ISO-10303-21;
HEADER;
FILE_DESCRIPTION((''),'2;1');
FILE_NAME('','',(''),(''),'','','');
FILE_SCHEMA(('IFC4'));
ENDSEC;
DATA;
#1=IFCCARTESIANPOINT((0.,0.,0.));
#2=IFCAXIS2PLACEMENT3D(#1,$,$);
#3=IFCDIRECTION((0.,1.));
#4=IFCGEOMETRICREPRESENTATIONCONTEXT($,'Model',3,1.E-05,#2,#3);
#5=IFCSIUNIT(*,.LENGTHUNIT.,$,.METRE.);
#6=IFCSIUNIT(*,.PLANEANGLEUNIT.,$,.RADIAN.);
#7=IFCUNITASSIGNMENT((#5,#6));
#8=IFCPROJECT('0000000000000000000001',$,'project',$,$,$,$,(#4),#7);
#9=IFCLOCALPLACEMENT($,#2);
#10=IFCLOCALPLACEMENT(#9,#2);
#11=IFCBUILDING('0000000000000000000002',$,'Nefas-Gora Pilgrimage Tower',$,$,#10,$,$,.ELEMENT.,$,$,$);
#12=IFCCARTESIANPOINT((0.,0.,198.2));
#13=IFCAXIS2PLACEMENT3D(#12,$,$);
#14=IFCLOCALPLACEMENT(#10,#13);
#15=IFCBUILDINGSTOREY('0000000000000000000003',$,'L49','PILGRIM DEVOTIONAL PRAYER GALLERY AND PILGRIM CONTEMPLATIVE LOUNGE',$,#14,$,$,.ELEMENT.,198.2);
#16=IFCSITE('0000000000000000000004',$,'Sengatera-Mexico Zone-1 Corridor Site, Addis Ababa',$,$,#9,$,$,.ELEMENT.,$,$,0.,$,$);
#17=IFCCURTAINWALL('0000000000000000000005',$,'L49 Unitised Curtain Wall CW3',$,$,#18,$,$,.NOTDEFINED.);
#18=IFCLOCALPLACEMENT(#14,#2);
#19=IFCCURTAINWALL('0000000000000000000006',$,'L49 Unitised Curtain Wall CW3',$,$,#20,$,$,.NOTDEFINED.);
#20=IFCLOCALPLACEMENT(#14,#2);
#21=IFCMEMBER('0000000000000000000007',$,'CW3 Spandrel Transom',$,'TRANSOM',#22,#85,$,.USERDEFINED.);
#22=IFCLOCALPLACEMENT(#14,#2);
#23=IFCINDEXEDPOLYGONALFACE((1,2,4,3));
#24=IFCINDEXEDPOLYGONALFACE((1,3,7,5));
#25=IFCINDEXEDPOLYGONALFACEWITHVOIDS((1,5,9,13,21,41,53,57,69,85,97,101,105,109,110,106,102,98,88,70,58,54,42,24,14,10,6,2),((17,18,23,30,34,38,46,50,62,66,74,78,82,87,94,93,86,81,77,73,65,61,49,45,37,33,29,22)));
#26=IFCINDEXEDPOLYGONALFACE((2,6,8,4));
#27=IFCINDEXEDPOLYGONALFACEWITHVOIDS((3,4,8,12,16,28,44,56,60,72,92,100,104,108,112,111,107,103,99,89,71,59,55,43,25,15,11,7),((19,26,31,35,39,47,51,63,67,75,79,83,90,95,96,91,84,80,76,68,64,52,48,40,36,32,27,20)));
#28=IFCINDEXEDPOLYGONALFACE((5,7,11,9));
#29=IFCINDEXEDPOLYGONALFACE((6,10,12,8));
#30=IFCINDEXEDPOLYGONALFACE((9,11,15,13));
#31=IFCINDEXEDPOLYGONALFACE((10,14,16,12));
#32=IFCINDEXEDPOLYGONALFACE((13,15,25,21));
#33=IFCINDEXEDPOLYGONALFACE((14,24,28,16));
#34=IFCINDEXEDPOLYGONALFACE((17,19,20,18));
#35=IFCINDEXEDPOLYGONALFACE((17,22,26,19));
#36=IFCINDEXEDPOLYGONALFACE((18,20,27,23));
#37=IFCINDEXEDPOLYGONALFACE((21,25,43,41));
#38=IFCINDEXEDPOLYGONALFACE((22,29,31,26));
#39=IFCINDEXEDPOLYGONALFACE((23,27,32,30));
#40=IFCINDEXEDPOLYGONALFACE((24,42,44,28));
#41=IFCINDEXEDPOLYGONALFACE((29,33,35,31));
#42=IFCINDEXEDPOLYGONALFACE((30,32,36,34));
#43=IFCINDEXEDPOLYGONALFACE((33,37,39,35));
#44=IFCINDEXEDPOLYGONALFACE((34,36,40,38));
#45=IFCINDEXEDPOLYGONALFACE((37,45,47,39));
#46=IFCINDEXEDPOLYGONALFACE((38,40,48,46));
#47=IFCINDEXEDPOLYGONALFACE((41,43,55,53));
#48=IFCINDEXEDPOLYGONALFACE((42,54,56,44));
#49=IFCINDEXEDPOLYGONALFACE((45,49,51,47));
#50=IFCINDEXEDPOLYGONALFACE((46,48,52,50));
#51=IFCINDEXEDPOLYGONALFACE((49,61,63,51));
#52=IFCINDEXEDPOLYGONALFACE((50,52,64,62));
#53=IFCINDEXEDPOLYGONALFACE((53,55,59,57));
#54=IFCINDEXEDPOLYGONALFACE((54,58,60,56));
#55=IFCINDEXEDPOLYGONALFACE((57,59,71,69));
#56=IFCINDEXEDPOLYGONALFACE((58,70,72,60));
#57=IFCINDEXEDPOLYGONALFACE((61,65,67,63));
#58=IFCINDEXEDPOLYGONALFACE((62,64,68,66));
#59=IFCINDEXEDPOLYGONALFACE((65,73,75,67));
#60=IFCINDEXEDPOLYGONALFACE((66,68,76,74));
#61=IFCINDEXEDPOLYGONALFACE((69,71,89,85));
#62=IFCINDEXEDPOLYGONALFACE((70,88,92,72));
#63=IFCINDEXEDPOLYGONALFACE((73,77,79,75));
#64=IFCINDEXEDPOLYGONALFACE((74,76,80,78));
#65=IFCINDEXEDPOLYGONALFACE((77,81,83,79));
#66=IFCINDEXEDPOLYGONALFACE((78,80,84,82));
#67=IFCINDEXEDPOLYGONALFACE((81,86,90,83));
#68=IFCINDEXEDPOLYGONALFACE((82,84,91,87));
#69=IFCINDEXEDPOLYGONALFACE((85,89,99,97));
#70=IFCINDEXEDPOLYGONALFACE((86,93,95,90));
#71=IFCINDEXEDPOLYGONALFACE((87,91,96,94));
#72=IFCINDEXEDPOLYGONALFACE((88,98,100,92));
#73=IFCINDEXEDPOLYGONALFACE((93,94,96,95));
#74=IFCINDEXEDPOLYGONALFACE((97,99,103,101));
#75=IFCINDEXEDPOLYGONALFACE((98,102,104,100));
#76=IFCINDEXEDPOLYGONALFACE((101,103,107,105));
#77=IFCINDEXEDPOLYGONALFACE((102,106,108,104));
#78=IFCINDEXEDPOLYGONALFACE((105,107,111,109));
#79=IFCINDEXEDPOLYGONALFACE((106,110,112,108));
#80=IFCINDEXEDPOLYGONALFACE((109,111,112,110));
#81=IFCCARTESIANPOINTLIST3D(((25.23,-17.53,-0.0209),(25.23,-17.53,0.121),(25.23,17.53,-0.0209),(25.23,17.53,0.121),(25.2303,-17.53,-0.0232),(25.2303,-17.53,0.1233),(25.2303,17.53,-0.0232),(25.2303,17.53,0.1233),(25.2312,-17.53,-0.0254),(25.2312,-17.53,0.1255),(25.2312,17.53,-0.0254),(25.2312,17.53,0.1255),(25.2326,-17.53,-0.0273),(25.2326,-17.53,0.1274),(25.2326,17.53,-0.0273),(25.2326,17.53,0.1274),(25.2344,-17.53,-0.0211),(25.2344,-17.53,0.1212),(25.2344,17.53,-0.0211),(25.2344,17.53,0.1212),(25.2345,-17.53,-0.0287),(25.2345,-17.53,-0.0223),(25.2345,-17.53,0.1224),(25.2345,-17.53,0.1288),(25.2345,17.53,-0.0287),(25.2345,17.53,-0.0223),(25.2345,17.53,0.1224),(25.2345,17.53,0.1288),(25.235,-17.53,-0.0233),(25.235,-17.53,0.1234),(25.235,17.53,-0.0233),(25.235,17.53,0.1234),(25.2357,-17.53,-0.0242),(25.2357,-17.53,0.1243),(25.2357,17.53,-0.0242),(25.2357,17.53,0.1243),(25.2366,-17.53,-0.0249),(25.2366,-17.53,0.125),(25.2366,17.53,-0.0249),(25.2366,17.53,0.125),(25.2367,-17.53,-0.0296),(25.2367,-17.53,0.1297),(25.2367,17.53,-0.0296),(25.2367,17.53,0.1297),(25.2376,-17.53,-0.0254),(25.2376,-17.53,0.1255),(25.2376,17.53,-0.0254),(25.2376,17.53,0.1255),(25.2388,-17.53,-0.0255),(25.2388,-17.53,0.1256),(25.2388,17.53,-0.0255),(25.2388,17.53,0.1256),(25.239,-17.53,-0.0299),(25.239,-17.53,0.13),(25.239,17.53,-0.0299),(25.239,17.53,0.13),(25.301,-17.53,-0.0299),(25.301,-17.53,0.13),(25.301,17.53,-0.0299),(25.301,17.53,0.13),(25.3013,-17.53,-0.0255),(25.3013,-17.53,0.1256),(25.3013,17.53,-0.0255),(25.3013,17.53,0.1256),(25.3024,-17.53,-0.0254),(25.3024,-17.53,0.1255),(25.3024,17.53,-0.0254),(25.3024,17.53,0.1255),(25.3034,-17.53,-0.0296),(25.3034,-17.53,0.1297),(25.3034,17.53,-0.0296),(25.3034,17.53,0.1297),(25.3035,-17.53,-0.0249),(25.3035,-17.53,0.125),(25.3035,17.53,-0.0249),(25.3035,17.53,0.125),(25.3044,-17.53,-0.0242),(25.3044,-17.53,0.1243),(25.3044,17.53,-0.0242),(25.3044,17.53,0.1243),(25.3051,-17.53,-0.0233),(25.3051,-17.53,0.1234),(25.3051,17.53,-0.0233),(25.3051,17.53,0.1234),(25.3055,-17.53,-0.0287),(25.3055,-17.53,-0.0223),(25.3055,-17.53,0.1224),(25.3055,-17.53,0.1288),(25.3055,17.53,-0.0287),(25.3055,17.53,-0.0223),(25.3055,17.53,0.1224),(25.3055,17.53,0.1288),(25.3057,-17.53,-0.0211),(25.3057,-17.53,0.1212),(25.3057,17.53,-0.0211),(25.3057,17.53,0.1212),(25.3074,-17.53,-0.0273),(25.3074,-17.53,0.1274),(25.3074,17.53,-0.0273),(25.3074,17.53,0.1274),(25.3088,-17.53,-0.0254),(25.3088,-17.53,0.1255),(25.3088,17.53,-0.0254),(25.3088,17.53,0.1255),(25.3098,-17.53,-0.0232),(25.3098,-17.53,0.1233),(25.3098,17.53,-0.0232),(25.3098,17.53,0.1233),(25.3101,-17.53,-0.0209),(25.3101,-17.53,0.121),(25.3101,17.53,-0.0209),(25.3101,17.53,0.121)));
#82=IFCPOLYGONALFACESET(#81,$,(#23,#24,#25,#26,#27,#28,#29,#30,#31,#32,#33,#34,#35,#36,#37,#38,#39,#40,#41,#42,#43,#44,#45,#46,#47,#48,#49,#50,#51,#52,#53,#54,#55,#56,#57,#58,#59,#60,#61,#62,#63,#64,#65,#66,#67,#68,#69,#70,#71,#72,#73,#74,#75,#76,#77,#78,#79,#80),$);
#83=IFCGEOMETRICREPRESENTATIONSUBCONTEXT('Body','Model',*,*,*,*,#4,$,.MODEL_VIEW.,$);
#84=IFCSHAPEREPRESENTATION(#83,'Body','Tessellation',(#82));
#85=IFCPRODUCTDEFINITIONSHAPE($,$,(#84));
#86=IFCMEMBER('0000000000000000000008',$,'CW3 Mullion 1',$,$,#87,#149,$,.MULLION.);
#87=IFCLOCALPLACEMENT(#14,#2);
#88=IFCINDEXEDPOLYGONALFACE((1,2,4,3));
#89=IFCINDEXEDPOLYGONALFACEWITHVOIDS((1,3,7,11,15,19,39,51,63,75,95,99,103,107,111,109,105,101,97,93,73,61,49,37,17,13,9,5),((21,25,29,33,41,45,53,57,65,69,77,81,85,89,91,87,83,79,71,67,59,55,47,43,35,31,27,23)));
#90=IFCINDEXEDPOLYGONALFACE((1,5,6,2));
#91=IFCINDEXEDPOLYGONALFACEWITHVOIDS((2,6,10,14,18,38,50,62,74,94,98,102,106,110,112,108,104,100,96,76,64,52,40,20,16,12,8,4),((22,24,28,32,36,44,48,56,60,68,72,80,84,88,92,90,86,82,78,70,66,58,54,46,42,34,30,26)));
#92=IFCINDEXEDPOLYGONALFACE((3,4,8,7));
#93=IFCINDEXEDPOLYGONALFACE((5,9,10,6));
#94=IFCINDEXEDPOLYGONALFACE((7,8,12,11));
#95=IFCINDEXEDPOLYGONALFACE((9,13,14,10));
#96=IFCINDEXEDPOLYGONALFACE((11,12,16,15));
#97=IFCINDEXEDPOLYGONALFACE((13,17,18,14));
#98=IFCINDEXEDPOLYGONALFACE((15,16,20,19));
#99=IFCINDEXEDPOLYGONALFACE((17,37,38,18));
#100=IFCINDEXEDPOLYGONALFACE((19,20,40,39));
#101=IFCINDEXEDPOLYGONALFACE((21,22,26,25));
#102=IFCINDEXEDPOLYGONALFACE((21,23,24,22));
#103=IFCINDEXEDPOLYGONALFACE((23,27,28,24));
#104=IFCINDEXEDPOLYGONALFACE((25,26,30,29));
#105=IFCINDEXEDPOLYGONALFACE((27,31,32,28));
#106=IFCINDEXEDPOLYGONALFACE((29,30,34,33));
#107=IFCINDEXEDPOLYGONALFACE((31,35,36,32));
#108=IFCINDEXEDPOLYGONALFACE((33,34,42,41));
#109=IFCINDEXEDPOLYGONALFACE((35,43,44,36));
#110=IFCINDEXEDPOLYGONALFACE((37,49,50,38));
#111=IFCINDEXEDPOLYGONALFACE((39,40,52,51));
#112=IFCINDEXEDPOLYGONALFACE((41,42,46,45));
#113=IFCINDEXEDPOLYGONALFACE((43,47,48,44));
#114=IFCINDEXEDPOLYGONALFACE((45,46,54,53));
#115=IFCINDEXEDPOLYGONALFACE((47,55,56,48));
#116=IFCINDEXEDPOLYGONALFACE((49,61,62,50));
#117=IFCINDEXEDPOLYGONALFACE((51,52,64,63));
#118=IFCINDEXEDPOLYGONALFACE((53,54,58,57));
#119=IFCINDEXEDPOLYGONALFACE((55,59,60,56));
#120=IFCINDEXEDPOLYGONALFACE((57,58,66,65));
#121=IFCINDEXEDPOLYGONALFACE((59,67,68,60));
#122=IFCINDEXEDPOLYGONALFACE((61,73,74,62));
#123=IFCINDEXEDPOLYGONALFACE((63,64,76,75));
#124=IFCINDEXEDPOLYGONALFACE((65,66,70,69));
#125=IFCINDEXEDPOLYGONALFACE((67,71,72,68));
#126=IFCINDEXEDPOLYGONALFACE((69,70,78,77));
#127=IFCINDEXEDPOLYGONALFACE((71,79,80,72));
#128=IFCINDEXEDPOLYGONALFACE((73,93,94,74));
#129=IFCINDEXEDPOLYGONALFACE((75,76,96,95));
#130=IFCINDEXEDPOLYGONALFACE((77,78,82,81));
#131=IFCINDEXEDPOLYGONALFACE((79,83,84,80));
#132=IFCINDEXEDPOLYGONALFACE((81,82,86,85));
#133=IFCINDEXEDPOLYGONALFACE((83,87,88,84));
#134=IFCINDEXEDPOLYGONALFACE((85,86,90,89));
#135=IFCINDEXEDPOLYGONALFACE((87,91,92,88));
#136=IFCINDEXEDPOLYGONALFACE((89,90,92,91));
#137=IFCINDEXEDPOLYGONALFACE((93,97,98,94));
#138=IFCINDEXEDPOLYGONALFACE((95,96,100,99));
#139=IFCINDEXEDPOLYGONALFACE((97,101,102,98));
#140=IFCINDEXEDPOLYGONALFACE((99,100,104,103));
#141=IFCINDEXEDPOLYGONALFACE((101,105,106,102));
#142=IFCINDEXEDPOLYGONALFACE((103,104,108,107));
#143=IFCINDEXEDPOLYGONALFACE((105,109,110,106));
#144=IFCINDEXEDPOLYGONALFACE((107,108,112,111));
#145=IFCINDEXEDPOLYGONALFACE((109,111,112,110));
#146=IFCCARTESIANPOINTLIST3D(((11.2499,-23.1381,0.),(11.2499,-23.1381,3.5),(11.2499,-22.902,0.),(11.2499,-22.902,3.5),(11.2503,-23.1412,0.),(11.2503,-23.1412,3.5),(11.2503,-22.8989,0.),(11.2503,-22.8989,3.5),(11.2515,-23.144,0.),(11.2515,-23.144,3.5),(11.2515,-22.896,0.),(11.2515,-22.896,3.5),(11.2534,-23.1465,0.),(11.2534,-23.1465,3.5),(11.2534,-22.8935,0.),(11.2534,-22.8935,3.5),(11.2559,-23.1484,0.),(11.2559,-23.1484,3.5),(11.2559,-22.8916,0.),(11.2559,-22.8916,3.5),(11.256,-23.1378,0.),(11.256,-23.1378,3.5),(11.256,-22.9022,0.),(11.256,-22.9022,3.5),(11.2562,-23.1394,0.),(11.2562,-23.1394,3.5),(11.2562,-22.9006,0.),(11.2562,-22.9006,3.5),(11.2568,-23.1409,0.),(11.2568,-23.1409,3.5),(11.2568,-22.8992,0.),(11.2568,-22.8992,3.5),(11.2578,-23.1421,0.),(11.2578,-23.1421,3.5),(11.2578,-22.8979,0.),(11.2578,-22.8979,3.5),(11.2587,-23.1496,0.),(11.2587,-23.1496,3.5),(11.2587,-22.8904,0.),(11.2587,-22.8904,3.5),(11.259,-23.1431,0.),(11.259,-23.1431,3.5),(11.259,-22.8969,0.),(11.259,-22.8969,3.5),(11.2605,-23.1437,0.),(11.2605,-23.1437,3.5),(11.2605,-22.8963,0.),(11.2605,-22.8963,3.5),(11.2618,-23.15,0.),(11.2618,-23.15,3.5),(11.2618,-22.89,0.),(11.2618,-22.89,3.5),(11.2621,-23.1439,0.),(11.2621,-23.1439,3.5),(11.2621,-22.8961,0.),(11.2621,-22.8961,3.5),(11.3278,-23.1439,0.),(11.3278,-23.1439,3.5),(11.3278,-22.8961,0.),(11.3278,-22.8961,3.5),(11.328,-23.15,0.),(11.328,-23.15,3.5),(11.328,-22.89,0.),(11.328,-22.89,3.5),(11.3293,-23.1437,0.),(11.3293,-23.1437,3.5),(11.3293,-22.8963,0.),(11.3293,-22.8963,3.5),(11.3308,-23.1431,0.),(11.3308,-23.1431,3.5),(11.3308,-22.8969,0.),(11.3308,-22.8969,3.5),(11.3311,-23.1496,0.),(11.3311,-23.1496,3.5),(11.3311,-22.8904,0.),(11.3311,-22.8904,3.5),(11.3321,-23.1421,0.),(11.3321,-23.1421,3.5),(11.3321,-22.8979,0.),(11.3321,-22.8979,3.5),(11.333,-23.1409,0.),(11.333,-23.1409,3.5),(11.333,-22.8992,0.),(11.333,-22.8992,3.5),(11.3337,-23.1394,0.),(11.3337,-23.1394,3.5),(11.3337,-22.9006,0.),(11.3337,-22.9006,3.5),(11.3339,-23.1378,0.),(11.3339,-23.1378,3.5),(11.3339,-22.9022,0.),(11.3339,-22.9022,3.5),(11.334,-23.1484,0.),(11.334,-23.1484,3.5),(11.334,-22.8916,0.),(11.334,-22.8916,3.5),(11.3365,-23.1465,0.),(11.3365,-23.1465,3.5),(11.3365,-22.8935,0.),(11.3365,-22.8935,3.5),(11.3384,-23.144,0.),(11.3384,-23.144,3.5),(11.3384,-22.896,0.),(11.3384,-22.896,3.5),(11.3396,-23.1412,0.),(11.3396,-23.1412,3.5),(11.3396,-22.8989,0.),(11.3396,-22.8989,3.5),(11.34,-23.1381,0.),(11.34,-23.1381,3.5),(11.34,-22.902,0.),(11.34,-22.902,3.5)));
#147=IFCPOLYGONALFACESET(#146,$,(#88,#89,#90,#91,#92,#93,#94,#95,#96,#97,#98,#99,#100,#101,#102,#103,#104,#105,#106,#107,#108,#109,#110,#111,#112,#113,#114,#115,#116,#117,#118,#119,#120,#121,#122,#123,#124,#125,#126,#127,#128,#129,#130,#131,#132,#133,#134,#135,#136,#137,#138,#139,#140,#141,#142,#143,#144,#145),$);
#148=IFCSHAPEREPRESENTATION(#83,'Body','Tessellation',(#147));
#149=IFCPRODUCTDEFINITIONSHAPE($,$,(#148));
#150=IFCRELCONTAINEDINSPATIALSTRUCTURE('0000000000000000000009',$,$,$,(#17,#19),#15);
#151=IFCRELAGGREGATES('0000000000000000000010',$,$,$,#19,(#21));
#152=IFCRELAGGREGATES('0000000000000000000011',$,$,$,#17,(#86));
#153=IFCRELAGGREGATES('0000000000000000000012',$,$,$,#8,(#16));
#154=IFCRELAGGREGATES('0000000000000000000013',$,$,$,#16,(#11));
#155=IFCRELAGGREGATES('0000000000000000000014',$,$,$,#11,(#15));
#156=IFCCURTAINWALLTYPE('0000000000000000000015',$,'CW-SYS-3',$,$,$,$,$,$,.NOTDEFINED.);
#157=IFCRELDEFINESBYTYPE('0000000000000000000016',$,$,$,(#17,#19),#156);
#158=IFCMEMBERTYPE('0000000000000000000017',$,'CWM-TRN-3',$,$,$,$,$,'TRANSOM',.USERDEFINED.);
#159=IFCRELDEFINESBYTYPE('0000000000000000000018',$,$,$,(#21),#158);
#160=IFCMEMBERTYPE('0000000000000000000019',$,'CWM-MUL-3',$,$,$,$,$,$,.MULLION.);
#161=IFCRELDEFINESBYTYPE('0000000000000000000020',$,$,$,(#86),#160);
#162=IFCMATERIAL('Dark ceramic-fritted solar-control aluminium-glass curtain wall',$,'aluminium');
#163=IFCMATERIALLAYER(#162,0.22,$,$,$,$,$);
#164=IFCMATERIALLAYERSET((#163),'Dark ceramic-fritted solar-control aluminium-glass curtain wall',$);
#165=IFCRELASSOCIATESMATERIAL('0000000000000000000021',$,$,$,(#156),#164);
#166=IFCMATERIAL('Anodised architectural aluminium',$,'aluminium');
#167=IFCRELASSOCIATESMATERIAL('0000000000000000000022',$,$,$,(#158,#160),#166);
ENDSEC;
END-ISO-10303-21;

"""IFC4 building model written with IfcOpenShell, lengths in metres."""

from ifc_helpers import new_model, si_unit, direction, frame, origin, origin_2d, place, context, subcontext, project, spatial, hollow_rectangle, extrude, source, transform, mapped, material, layer, layer_set, material_profile, profile_set, type_object, element, aggregate, save


model = new_model("IFC4")

# Units and contexts
model_context = context("Model", 3, precision=1e-05, world=origin(), true_north=direction((0.0, 1.0)))
body_context = subcontext(model_context, "Body", "Model", "MODEL_VIEW")
ifc_project = project(units=[si_unit("LENGTHUNIT", "METRE"), si_unit("PLANEANGLEUNIT", "RADIAN")], contexts=[model_context])

# Site, building, storey
site_placement = place(None, origin())
site = spatial("IfcSite", under=ifc_project, at=site_placement, Name="Sengatera-Mexico Zone-1 Corridor Site, Addis Ababa", CompositionType="ELEMENT", RefElevation=0.0)
building_placement = place(site_placement, origin())
building = spatial("IfcBuilding", under=site, at=building_placement, Name="Nefas-Gora Pilgrimage Tower", CompositionType="ELEMENT")
storey_placement = place(building_placement, frame((0.0, 0.0, 198.2)))
storey = spatial("IfcBuildingStorey", under=building, at=storey_placement, Name="L49", Description="PILGRIM DEVOTIONAL PRAYER GALLERY AND PILGRIM CONTEMPLATIVE LOUNGE", CompositionType="ELEMENT", Elevation=198.2)

# Curtain walls, member
ifc_material_1 = material(Name="Dark ceramic-fritted solar-control aluminium-glass curtain wall", Category="aluminium")
ifc_material_2 = material(Name="Anodised architectural aluminium", Category="aluminium")
ifc_layer_1 = layer(ifc_material_1, 0.22)
ifc_layer_set_1 = layer_set([ifc_layer_1], Name="Dark ceramic-fritted solar-control aluminium-glass curtain wall")
curtain_wall_type_1 = type_object("IfcCurtainWallType", Name="CW-SYS-3", PredefinedType="NOTDEFINED", material=ifc_layer_set_1)
curtain_wall_1_placement = place(storey_placement, origin())
curtain_wall_1 = element("IfcCurtainWall", 1, at=curtain_wall_1_placement, inside=storey, type_object=curtain_wall_type_1, Name="L49 Unitised Curtain Wall CW3", PredefinedType="NOTDEFINED")
ifc_material_profile_1 = material_profile(ifc_material_2, hollow_rectangle(XDim=0.0801, YDim=0.1599, WallThickness=0.0044, InnerFilletRadius=0.0044, OuterFilletRadius=0.009, at=origin_2d()), Name="ALU TRANSOM 80x160")
ifc_profile_set_1 = profile_set([ifc_material_profile_1], Name="Anodised architectural aluminium")
member_type_1 = type_object("IfcMemberType", Name="CWM-TRN-3", ElementType="TRANSOM", PredefinedType="USERDEFINED", material=ifc_profile_set_1)
curtain_wall_2_placement = place(storey_placement, origin())
curtain_wall_2 = element("IfcCurtainWall", 2, at=curtain_wall_2_placement, inside=storey, type_object=curtain_wall_type_1, Name="L49 Unitised Curtain Wall CW3", PredefinedType="NOTDEFINED")
shared_shape_1 = source(origin(), body_context, "Body", "SweptSolid", [
    extrude(hollow_rectangle(XDim=0.0801, YDim=0.1599, WallThickness=0.0044, InnerFilletRadius=0.0044, OuterFilletRadius=0.009, at=origin_2d()), origin(), (0.0, 0.0, 1.0), 35.0601),
])
member_1_placement = place(storey_placement, frame((25.27, -17.53, 0.05), z_axis=(0.0, 1.0, 0.0), x_axis=(-1.0, 0.0, 0.0)))
member_1 = element("IfcMember", 3, at=member_1_placement, type_object=member_type_1, Name="CW3 Spandrel Transom", ObjectType="TRANSOM", PredefinedType="USERDEFINED", context=body_context, shape_type="MappedRepresentation", body=[
    mapped(shared_shape_1, transform((0.0, 0.0, 0.0), x_axis=(1.0, 0.0, 0.0), y_axis=(0.0, 1.0, 0.0), z_axis=(0.0, 0.0, 1.0), scale=1.0)),
])

# Member
ifc_material_profile_2 = material_profile(ifc_material_2, hollow_rectangle(XDim=0.0901, YDim=0.26, WallThickness=0.0061, InnerFilletRadius=0.0061, OuterFilletRadius=0.012, at=origin_2d()), Name="ALU MULLION 90x260")
ifc_profile_set_2 = profile_set([ifc_material_profile_2], Name="Anodised architectural aluminium")
member_type_2 = type_object("IfcMemberType", Name="CWM-MUL-3", PredefinedType="MULLION", material=ifc_profile_set_2)
shared_shape_2 = source(origin(), body_context, "Body", "SweptSolid", [
    extrude(hollow_rectangle(XDim=0.0901, YDim=0.26, WallThickness=0.0061, InnerFilletRadius=0.0061, OuterFilletRadius=0.012, at=origin_2d()), origin(), (0.0, 0.0, 1.0), 3.5),
])
member_2_placement = place(storey_placement, frame((11.2949, -23.02, 0.0), z_axis=(0.0, 0.0, 1.0), x_axis=(1.0, 0.0, 0.0)))
member_2 = element("IfcMember", 4, at=member_2_placement, type_object=member_type_2, Name="CW3 Mullion 1", PredefinedType="MULLION", context=body_context, shape_type="MappedRepresentation", body=[
    mapped(shared_shape_2, transform((0.0, 0.0, 0.0), x_axis=(1.0, 0.0, 0.0), y_axis=(0.0, 1.0, 0.0), z_axis=(0.0, 0.0, 1.0), scale=1.0)),
])
aggregate(curtain_wall_2, [member_1])

aggregate(curtain_wall_1, [member_2])

save(model, "model.ifc")
